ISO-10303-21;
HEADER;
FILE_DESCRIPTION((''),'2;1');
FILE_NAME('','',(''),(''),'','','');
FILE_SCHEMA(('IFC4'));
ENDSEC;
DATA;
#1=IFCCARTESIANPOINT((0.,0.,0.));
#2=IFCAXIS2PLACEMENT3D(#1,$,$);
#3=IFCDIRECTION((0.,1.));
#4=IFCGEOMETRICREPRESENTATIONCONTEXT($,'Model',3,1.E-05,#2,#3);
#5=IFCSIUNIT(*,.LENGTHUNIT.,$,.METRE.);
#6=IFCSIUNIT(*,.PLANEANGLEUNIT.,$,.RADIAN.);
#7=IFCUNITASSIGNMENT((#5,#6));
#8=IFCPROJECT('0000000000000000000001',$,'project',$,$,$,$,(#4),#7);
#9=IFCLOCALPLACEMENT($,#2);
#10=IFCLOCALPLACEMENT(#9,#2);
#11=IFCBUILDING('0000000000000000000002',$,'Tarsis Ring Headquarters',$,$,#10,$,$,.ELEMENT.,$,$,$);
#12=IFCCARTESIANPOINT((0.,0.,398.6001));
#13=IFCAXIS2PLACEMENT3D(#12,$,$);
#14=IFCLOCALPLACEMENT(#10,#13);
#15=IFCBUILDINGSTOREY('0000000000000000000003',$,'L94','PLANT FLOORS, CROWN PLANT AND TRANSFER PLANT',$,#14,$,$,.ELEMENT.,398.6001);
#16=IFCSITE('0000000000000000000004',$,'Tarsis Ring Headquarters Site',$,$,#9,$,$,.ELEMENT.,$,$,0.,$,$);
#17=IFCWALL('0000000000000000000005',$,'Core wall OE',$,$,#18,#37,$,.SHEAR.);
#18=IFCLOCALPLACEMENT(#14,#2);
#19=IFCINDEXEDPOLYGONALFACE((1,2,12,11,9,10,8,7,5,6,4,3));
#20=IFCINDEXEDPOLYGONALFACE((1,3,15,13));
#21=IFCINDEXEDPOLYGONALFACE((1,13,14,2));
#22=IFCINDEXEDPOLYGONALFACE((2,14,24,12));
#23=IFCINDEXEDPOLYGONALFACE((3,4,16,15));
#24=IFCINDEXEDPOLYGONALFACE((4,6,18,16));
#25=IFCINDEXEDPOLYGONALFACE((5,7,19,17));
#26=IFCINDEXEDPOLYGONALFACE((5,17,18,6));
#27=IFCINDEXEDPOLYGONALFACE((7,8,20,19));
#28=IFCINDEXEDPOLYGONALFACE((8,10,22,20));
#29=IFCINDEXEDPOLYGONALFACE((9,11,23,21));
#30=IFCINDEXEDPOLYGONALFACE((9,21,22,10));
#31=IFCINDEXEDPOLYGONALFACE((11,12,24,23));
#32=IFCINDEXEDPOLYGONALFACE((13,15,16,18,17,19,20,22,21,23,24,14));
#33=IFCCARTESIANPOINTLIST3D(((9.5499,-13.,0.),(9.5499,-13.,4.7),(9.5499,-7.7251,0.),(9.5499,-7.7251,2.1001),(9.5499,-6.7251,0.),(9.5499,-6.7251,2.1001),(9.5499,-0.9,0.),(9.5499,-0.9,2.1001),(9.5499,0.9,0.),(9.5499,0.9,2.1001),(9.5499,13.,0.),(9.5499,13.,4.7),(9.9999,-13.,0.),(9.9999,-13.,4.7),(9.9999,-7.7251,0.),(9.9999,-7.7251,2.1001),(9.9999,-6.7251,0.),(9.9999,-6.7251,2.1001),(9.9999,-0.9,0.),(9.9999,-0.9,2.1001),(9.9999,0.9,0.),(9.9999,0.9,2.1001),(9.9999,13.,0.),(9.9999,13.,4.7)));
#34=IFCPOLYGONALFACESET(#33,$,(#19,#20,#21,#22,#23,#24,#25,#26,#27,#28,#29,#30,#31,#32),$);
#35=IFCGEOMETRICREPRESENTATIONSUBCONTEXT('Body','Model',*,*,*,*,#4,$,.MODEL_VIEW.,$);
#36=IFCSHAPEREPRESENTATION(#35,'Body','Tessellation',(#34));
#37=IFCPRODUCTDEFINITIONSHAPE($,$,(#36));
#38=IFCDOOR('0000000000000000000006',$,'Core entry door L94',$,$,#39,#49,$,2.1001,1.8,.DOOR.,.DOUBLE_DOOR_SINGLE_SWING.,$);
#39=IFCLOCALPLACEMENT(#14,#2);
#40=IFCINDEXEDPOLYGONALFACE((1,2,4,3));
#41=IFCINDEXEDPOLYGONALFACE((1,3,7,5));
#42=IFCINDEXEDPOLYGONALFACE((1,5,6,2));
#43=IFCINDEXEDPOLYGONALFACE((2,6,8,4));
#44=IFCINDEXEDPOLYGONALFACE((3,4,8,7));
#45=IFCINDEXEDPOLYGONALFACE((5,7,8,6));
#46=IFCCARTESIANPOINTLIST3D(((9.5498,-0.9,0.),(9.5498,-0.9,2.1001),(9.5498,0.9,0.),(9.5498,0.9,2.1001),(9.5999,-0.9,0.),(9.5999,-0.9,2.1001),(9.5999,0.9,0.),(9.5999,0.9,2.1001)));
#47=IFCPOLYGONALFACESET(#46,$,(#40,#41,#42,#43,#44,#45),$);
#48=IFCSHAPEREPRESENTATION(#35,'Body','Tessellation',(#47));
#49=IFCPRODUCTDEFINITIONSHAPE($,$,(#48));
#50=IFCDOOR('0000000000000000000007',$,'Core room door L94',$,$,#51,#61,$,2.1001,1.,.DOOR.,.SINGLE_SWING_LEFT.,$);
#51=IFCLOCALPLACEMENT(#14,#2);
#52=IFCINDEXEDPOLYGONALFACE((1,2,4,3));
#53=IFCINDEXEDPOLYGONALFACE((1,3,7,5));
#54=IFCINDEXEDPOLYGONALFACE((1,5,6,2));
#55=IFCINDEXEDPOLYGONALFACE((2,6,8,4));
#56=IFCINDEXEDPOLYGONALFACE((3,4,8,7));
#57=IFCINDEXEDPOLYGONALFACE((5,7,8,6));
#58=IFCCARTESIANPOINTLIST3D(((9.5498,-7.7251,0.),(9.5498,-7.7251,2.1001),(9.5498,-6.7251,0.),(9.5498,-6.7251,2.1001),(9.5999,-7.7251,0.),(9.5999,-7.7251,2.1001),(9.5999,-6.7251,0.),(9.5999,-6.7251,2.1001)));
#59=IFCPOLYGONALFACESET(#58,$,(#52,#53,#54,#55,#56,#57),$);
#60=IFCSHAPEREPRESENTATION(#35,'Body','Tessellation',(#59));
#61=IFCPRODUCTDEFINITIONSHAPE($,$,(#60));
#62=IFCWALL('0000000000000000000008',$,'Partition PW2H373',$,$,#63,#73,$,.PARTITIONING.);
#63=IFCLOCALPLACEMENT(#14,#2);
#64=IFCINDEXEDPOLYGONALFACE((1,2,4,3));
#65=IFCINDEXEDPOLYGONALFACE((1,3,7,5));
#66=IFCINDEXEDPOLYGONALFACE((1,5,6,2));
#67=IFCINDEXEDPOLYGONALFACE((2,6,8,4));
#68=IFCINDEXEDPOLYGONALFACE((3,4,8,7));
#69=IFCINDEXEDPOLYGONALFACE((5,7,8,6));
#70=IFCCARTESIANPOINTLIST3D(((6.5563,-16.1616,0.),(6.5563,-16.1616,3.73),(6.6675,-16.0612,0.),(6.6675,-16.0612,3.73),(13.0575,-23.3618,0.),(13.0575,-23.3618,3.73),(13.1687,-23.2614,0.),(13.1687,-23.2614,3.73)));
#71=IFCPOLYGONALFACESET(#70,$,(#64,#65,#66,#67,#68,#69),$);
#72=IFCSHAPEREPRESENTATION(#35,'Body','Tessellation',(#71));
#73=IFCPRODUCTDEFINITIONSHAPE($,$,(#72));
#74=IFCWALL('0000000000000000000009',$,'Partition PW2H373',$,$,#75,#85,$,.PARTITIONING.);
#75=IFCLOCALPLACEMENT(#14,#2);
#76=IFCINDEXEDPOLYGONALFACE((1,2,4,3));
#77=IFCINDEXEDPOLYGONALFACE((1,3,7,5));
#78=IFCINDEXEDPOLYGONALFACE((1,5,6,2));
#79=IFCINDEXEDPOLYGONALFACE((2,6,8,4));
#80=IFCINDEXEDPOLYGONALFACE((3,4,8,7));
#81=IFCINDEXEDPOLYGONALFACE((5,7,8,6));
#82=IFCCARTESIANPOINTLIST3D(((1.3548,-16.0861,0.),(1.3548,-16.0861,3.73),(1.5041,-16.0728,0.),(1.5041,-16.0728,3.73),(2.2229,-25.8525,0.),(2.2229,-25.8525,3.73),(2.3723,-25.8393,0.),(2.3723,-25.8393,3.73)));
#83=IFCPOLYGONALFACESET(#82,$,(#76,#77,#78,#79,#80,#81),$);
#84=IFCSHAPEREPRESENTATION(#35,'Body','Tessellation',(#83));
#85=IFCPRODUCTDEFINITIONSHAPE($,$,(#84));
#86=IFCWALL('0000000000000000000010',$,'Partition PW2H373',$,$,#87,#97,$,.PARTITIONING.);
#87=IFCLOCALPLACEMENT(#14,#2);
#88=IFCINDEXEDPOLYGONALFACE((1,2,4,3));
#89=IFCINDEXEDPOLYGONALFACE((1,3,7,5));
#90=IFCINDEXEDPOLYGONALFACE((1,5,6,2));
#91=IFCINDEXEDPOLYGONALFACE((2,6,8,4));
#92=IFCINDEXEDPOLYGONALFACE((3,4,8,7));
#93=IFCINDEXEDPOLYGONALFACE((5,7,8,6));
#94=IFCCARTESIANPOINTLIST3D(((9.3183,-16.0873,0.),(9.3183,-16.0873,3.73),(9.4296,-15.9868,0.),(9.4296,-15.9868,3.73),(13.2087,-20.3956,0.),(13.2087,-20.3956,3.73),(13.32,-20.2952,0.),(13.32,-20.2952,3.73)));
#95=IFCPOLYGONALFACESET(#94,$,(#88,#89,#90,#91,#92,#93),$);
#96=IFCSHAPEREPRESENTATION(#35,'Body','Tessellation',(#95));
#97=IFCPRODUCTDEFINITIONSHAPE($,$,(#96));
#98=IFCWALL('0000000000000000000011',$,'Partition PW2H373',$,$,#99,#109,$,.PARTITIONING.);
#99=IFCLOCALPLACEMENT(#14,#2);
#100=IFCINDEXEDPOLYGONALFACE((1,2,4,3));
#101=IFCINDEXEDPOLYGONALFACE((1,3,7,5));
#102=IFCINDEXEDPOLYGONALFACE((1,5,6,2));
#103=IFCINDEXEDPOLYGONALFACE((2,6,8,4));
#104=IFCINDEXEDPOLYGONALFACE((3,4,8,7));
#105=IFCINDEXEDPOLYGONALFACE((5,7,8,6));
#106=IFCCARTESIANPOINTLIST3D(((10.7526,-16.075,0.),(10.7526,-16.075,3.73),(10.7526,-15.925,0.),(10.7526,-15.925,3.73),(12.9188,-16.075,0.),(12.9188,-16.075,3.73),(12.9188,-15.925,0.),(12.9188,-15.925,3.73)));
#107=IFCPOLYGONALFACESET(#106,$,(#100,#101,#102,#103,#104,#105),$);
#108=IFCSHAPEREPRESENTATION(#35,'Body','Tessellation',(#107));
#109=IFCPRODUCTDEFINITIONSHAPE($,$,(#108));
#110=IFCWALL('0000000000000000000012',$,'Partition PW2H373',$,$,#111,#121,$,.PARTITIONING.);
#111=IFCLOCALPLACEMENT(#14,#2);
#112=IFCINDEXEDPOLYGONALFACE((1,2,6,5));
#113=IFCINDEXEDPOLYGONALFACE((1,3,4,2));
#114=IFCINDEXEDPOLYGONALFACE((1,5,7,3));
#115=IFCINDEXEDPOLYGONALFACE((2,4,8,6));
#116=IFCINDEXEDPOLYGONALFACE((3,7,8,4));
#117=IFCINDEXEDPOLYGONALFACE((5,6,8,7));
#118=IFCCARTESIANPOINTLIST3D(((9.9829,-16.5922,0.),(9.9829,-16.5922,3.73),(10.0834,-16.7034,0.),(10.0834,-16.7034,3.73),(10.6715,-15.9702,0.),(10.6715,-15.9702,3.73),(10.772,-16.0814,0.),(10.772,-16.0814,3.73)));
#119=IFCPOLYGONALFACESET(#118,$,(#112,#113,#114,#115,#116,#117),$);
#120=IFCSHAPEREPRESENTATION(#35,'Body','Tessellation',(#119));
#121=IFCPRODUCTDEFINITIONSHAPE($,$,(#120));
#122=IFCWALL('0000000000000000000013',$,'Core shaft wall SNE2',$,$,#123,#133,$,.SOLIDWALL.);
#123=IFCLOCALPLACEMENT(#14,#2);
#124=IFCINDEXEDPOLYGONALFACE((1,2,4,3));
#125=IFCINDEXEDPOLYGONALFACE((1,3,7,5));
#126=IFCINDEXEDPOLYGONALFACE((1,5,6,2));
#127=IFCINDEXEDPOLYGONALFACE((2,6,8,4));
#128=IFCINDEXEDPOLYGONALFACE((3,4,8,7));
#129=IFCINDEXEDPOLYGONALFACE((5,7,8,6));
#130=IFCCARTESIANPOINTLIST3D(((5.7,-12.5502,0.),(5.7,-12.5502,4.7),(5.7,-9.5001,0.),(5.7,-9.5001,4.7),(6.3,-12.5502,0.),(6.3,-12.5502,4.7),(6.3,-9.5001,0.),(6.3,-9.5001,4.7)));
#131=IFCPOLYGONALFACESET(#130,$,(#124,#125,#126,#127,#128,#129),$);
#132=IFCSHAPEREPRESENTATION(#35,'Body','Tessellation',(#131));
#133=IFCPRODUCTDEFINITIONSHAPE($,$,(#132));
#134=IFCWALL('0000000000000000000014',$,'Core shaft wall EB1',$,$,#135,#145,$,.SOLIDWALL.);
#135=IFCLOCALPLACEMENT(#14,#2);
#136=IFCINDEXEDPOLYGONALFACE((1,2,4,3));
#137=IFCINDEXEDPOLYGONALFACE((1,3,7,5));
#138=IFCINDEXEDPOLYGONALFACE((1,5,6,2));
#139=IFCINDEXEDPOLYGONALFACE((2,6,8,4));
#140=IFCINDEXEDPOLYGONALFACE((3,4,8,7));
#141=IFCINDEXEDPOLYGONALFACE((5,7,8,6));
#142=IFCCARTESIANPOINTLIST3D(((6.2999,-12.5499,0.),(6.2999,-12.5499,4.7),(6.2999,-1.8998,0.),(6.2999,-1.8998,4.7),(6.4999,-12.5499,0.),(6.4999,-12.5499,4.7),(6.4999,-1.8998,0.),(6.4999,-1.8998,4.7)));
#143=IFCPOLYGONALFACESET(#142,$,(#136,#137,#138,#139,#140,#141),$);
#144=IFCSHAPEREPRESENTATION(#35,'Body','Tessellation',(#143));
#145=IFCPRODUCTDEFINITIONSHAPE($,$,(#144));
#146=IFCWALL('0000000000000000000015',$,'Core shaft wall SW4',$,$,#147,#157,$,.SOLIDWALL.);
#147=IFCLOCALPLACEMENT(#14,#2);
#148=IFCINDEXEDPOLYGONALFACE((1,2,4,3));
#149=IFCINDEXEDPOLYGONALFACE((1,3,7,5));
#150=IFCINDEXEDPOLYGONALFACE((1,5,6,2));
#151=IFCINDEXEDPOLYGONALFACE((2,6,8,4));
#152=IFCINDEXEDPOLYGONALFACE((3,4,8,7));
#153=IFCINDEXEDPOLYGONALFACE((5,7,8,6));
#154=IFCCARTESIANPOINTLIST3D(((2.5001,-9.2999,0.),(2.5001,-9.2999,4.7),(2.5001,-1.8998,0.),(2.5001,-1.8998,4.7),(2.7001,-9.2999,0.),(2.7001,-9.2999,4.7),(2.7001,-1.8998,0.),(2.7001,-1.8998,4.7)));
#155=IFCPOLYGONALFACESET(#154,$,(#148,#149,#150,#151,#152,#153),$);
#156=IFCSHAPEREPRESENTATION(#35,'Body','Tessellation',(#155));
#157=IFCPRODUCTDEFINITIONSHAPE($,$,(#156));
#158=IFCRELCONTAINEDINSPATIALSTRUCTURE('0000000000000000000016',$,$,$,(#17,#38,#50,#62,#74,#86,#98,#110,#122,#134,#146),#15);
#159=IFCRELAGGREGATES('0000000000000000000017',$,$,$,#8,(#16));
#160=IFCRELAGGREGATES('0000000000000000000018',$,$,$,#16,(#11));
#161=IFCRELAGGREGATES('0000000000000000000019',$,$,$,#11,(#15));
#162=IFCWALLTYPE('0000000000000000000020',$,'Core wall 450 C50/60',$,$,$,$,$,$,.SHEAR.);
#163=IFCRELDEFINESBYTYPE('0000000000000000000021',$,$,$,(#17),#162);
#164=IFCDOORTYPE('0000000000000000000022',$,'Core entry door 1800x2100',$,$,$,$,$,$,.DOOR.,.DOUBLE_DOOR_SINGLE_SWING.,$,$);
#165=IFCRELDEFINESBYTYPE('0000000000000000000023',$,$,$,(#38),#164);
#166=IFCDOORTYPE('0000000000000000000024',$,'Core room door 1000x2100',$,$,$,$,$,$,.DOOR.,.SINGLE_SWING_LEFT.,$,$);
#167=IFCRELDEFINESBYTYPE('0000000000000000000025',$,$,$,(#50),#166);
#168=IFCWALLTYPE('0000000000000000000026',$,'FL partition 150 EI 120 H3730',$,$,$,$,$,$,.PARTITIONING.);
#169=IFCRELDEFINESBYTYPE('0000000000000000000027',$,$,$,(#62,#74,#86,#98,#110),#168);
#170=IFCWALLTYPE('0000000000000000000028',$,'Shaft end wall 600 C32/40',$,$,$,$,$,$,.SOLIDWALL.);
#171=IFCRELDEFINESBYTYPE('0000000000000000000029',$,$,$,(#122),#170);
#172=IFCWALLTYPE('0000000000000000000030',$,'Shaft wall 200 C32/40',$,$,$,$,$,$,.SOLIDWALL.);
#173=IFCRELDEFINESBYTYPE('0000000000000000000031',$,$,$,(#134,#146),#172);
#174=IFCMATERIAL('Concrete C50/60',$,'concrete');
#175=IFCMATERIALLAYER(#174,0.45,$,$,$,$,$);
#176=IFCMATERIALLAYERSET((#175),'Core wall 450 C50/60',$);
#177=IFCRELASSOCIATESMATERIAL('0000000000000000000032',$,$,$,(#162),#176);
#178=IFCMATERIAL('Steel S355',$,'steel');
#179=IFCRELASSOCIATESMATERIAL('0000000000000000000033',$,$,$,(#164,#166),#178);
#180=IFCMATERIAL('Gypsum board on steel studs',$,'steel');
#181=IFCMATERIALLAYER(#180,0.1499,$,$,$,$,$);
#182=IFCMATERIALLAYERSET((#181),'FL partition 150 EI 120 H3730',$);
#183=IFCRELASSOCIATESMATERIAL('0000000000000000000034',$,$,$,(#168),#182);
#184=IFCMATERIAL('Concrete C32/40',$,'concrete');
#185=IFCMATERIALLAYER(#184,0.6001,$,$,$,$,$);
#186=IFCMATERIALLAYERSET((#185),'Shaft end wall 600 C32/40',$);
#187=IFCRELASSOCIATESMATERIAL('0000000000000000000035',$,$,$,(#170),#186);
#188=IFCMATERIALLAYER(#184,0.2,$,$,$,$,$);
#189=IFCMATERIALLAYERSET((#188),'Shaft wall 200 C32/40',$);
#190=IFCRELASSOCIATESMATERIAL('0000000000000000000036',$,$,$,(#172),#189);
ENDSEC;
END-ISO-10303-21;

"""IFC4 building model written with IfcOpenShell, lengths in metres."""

from ifc_helpers import new_model, si_unit, direction, frame, frame_2d, origin, place, context, subcontext, project, spatial, rectangle, extrude, material, layer, layer_set, type_object, element, fill, save


model = new_model("IFC4")

# Units and contexts
model_context = context("Model", 3, precision=1e-05, world=origin(), true_north=direction((0.0, 1.0)))
body_context = subcontext(model_context, "Body", "Model", "MODEL_VIEW")
ifc_project = project(units=[si_unit("LENGTHUNIT", "METRE"), si_unit("PLANEANGLEUNIT", "RADIAN")], contexts=[model_context])

# Site, building, storey
site_placement = place(None, origin())
site = spatial("IfcSite", under=ifc_project, at=site_placement, Name="Tarsis Ring Headquarters Site", CompositionType="ELEMENT", RefElevation=0.0)
building_placement = place(site_placement, origin())
building = spatial("IfcBuilding", under=site, at=building_placement, Name="Tarsis Ring Headquarters", CompositionType="ELEMENT")
storey_placement = place(building_placement, frame((0.0, 0.0, 398.6001)))
storey = spatial("IfcBuildingStorey", under=building, at=storey_placement, Name="L94", Description="PLANT FLOORS, CROWN PLANT AND TRANSFER PLANT", CompositionType="ELEMENT", Elevation=398.6001)

# Wall, openings, doors
ifc_material_1 = material(Name="Concrete C50/60", Category="concrete")
ifc_layer_1 = layer(ifc_material_1, 0.45)
ifc_layer_set_1 = layer_set([ifc_layer_1], Name="Core wall 450 C50/60")
wall_type_1 = type_object("IfcWallType", Name="Core wall 450 C50/60", PredefinedType="SHEAR", material=ifc_layer_set_1)
wall_1_placement = place(storey_placement, frame((9.7749, -13.0, 0.0), z_axis=(0.0, 0.0, 1.0), x_axis=(0.0, 1.0, 0.0)))
wall_1 = element("IfcWall", 1, at=wall_1_placement, inside=storey, type_object=wall_type_1, Name="Core wall OE", PredefinedType="SHEAR", context=body_context, shape_type="SweptSolid", body=[
    extrude(rectangle(XDim=26.0, YDim=0.45, at=frame_2d((13.0, 0.0))), origin(), (0.0, 0.0, 1.0), 4.7),
])
opening_1_placement = place(wall_1_placement, frame((5.2749, 0.0, 0.0)))
opening_1 = element("IfcOpeningElement", 2, at=opening_1_placement, cuts=wall_1, PredefinedType="OPENING", context=body_context, shape_type="SweptSolid", body=[
    extrude(rectangle(XDim=1.0, YDim=2.1001, at=frame_2d((0.5, 1.05))), frame((0.0, 0.2349, 0.0), z_axis=(0.0, -1.0, 0.0), x_axis=(1.0, 0.0, 0.0)), (0.0, 0.0, 1.0), 0.47),
])
opening_2_placement = place(wall_1_placement, frame((12.1001, 0.0, 0.0)))
opening_2 = element("IfcOpeningElement", 3, at=opening_2_placement, cuts=wall_1, PredefinedType="OPENING", context=body_context, shape_type="SweptSolid", body=[
    extrude(rectangle(XDim=1.8, YDim=2.1001, at=frame_2d((0.8999, 1.05))), frame((0.0, 0.2349, 0.0), z_axis=(0.0, -1.0, 0.0), x_axis=(1.0, 0.0, 0.0)), (0.0, 0.0, 1.0), 0.47),
])
ifc_material_2 = material(Name="Steel S355", Category="steel")
door_type_1 = type_object("IfcDoorType", Name="Core entry door 1800x2100", OperationType="DOUBLE_DOOR_SINGLE_SWING", PredefinedType="DOOR", material=ifc_material_2)
door_1_placement = place(opening_2_placement, origin())
door_1 = element("IfcDoor", 4, at=door_1_placement, inside=storey, type_object=door_type_1, Name="Core entry door L94", OperationType="DOUBLE_DOOR_SINGLE_SWING", OverallHeight=2.1001, OverallWidth=1.8, PredefinedType="DOOR", context=body_context, shape_type="SweptSolid", body=[
    extrude(rectangle(XDim=1.8, YDim=2.1001, at=frame_2d((0.8999, 1.05))), frame((0.0, 0.2251, 0.0), z_axis=(0.0, -1.0, 0.0), x_axis=(1.0, 0.0, 0.0)), (0.0, 0.0, 1.0), 0.05),
])
fill(opening_2, door_1)
door_type_2 = type_object("IfcDoorType", Name="Core room door 1000x2100", OperationType="SINGLE_SWING_LEFT", PredefinedType="DOOR", material=ifc_material_2)
door_2_placement = place(opening_1_placement, origin())
door_2 = element("IfcDoor", 5, at=door_2_placement, inside=storey, type_object=door_type_2, Name="Core room door L94", OperationType="SINGLE_SWING_LEFT", OverallHeight=2.1001, OverallWidth=1.0, PredefinedType="DOOR", context=body_context, shape_type="SweptSolid", body=[
    extrude(rectangle(XDim=1.0, YDim=2.1001, at=frame_2d((0.5, 1.05))), frame((0.0, 0.2251, 0.0), z_axis=(0.0, -1.0, 0.0), x_axis=(1.0, 0.0, 0.0)), (0.0, 0.0, 1.0), 0.05),
])
fill(opening_1, door_2)

# Walls
ifc_material_3 = material(Name="Gypsum board on steel studs", Category="steel")
ifc_layer_2 = layer(ifc_material_3, 0.1499)
ifc_layer_set_2 = layer_set([ifc_layer_2], Name="FL partition 150 EI 120 H3730")
wall_type_2 = type_object("IfcWallType", Name="FL partition 150 EI 120 H3730", PredefinedType="PARTITIONING", material=ifc_layer_set_2)
wall_2_placement = place(storey_placement, frame((6.6118, -16.1113, 0.0), z_axis=(0.0, 0.0, 1.0), x_axis=(0.670162, -0.742214, 0.0)))
element("IfcWall", 6, at=wall_2_placement, inside=storey, type_object=wall_type_2, Name="Partition PW2H373", PredefinedType="PARTITIONING", context=body_context, shape_type="SweptSolid", body=[
    extrude(rectangle(XDim=9.7009, YDim=0.1499, at=frame_2d((4.8506, 0.0))), origin(), (0.0, 0.0, 1.0), 3.73),
])
wall_3_placement = place(storey_placement, frame((1.4294, -16.0796, 0.0), z_axis=(0.0, 0.0, 1.0), x_axis=(0.088544, -0.996072, 0.0)))
element("IfcWall", 7, at=wall_3_placement, inside=storey, type_object=wall_type_2, Name="Partition PW2H373", PredefinedType="PARTITIONING", context=body_context, shape_type="SweptSolid", body=[
    extrude(rectangle(XDim=9.8049, YDim=0.1499, at=frame_2d((4.9023, 0.0))), origin(), (0.0, 0.0, 1.0), 3.73),
])
wall_4_placement = place(storey_placement, frame((9.374, -16.0371, 0.0), z_axis=(0.0, 0.0, 1.0), x_axis=(0.670188, -0.742191, 0.0)))
element("IfcWall", 8, at=wall_4_placement, inside=storey, type_object=wall_type_2, Name="Partition PW2H373", PredefinedType="PARTITIONING", context=body_context, shape_type="SweptSolid", body=[
    extrude(rectangle(XDim=5.8049, YDim=0.1499, at=frame_2d((2.9023, 0.0))), origin(), (0.0, 0.0, 1.0), 3.73),
])
wall_5_placement = place(storey_placement, frame((10.7527, -16.0, 0.0), z_axis=(0.0, 0.0, 1.0), x_axis=(1.0, 0.0, 0.0)))
element("IfcWall", 9, at=wall_5_placement, inside=storey, type_object=wall_type_2, Name="Partition PW2H373", PredefinedType="PARTITIONING", context=body_context, shape_type="SweptSolid", body=[
    extrude(rectangle(XDim=2.1663, YDim=0.1499, at=frame_2d((1.083, 0.0))), origin(), (0.0, 0.0, 1.0), 3.73),
])
wall_6_placement = place(storey_placement, frame((10.0332, -16.6477, 0.0), z_axis=(0.0, 0.0, 1.0), x_axis=(0.742103, 0.670286, 0.0)))
element("IfcWall", 10, at=wall_6_placement, inside=storey, type_object=wall_type_2, Name="Partition PW2H373", PredefinedType="PARTITIONING", context=body_context, shape_type="SweptSolid", body=[
    extrude(rectangle(XDim=0.928, YDim=0.1499, at=frame_2d((0.4639, 0.0))), origin(), (0.0, 0.0, 1.0), 3.73),
])
ifc_material_4 = material(Name="Concrete C32/40", Category="concrete")
ifc_layer_3 = layer(ifc_material_4, 0.6001)
ifc_layer_set_3 = layer_set([ifc_layer_3], Name="Shaft end wall 600 C32/40")
wall_type_3 = type_object("IfcWallType", Name="Shaft end wall 600 C32/40", PredefinedType="SOLIDWALL", material=ifc_layer_set_3)
wall_7_placement = place(storey_placement, frame((6.0, -12.55, 0.0), z_axis=(0.0, 0.0, 1.0), x_axis=(0.0, 1.0, 0.0)))
element("IfcWall", 11, at=wall_7_placement, inside=storey, type_object=wall_type_3, Name="Core shaft wall SNE2", PredefinedType="SOLIDWALL", context=body_context, shape_type="SweptSolid", body=[
    extrude(rectangle(XDim=3.05, YDim=0.6001, at=frame_2d((1.5249, 0.0))), origin(), (0.0, 0.0, 1.0), 4.7),
])
ifc_layer_4 = layer(ifc_material_4, 0.2)
ifc_layer_set_4 = layer_set([ifc_layer_4], Name="Shaft wall 200 C32/40")
wall_type_4 = type_object("IfcWallType", Name="Shaft wall 200 C32/40", PredefinedType="SOLIDWALL", material=ifc_layer_set_4)
wall_8_placement = place(storey_placement, frame((6.3999, -12.55, 0.0), z_axis=(0.0, 0.0, 1.0), x_axis=(0.0, 1.0, 0.0)))
element("IfcWall", 12, at=wall_8_placement, inside=storey, type_object=wall_type_4, Name="Core shaft wall EB1", PredefinedType="SOLIDWALL", context=body_context, shape_type="SweptSolid", body=[
    extrude(rectangle(XDim=10.6501, YDim=0.2, at=frame_2d((5.3252, 0.0))), origin(), (0.0, 0.0, 1.0), 4.7),
])
wall_9_placement = place(storey_placement, frame((2.6001, -9.3, 0.0), z_axis=(0.0, 0.0, 1.0), x_axis=(0.0, 1.0, 0.0)))
element("IfcWall", 13, at=wall_9_placement, inside=storey, type_object=wall_type_4, Name="Core shaft wall SW4", PredefinedType="SOLIDWALL", context=body_context, shape_type="SweptSolid", body=[
    extrude(rectangle(XDim=7.4001, YDim=0.2, at=frame_2d((3.7002, 0.0))), origin(), (0.0, 0.0, 1.0), 4.7),
])

save(model, "model.ifc")
